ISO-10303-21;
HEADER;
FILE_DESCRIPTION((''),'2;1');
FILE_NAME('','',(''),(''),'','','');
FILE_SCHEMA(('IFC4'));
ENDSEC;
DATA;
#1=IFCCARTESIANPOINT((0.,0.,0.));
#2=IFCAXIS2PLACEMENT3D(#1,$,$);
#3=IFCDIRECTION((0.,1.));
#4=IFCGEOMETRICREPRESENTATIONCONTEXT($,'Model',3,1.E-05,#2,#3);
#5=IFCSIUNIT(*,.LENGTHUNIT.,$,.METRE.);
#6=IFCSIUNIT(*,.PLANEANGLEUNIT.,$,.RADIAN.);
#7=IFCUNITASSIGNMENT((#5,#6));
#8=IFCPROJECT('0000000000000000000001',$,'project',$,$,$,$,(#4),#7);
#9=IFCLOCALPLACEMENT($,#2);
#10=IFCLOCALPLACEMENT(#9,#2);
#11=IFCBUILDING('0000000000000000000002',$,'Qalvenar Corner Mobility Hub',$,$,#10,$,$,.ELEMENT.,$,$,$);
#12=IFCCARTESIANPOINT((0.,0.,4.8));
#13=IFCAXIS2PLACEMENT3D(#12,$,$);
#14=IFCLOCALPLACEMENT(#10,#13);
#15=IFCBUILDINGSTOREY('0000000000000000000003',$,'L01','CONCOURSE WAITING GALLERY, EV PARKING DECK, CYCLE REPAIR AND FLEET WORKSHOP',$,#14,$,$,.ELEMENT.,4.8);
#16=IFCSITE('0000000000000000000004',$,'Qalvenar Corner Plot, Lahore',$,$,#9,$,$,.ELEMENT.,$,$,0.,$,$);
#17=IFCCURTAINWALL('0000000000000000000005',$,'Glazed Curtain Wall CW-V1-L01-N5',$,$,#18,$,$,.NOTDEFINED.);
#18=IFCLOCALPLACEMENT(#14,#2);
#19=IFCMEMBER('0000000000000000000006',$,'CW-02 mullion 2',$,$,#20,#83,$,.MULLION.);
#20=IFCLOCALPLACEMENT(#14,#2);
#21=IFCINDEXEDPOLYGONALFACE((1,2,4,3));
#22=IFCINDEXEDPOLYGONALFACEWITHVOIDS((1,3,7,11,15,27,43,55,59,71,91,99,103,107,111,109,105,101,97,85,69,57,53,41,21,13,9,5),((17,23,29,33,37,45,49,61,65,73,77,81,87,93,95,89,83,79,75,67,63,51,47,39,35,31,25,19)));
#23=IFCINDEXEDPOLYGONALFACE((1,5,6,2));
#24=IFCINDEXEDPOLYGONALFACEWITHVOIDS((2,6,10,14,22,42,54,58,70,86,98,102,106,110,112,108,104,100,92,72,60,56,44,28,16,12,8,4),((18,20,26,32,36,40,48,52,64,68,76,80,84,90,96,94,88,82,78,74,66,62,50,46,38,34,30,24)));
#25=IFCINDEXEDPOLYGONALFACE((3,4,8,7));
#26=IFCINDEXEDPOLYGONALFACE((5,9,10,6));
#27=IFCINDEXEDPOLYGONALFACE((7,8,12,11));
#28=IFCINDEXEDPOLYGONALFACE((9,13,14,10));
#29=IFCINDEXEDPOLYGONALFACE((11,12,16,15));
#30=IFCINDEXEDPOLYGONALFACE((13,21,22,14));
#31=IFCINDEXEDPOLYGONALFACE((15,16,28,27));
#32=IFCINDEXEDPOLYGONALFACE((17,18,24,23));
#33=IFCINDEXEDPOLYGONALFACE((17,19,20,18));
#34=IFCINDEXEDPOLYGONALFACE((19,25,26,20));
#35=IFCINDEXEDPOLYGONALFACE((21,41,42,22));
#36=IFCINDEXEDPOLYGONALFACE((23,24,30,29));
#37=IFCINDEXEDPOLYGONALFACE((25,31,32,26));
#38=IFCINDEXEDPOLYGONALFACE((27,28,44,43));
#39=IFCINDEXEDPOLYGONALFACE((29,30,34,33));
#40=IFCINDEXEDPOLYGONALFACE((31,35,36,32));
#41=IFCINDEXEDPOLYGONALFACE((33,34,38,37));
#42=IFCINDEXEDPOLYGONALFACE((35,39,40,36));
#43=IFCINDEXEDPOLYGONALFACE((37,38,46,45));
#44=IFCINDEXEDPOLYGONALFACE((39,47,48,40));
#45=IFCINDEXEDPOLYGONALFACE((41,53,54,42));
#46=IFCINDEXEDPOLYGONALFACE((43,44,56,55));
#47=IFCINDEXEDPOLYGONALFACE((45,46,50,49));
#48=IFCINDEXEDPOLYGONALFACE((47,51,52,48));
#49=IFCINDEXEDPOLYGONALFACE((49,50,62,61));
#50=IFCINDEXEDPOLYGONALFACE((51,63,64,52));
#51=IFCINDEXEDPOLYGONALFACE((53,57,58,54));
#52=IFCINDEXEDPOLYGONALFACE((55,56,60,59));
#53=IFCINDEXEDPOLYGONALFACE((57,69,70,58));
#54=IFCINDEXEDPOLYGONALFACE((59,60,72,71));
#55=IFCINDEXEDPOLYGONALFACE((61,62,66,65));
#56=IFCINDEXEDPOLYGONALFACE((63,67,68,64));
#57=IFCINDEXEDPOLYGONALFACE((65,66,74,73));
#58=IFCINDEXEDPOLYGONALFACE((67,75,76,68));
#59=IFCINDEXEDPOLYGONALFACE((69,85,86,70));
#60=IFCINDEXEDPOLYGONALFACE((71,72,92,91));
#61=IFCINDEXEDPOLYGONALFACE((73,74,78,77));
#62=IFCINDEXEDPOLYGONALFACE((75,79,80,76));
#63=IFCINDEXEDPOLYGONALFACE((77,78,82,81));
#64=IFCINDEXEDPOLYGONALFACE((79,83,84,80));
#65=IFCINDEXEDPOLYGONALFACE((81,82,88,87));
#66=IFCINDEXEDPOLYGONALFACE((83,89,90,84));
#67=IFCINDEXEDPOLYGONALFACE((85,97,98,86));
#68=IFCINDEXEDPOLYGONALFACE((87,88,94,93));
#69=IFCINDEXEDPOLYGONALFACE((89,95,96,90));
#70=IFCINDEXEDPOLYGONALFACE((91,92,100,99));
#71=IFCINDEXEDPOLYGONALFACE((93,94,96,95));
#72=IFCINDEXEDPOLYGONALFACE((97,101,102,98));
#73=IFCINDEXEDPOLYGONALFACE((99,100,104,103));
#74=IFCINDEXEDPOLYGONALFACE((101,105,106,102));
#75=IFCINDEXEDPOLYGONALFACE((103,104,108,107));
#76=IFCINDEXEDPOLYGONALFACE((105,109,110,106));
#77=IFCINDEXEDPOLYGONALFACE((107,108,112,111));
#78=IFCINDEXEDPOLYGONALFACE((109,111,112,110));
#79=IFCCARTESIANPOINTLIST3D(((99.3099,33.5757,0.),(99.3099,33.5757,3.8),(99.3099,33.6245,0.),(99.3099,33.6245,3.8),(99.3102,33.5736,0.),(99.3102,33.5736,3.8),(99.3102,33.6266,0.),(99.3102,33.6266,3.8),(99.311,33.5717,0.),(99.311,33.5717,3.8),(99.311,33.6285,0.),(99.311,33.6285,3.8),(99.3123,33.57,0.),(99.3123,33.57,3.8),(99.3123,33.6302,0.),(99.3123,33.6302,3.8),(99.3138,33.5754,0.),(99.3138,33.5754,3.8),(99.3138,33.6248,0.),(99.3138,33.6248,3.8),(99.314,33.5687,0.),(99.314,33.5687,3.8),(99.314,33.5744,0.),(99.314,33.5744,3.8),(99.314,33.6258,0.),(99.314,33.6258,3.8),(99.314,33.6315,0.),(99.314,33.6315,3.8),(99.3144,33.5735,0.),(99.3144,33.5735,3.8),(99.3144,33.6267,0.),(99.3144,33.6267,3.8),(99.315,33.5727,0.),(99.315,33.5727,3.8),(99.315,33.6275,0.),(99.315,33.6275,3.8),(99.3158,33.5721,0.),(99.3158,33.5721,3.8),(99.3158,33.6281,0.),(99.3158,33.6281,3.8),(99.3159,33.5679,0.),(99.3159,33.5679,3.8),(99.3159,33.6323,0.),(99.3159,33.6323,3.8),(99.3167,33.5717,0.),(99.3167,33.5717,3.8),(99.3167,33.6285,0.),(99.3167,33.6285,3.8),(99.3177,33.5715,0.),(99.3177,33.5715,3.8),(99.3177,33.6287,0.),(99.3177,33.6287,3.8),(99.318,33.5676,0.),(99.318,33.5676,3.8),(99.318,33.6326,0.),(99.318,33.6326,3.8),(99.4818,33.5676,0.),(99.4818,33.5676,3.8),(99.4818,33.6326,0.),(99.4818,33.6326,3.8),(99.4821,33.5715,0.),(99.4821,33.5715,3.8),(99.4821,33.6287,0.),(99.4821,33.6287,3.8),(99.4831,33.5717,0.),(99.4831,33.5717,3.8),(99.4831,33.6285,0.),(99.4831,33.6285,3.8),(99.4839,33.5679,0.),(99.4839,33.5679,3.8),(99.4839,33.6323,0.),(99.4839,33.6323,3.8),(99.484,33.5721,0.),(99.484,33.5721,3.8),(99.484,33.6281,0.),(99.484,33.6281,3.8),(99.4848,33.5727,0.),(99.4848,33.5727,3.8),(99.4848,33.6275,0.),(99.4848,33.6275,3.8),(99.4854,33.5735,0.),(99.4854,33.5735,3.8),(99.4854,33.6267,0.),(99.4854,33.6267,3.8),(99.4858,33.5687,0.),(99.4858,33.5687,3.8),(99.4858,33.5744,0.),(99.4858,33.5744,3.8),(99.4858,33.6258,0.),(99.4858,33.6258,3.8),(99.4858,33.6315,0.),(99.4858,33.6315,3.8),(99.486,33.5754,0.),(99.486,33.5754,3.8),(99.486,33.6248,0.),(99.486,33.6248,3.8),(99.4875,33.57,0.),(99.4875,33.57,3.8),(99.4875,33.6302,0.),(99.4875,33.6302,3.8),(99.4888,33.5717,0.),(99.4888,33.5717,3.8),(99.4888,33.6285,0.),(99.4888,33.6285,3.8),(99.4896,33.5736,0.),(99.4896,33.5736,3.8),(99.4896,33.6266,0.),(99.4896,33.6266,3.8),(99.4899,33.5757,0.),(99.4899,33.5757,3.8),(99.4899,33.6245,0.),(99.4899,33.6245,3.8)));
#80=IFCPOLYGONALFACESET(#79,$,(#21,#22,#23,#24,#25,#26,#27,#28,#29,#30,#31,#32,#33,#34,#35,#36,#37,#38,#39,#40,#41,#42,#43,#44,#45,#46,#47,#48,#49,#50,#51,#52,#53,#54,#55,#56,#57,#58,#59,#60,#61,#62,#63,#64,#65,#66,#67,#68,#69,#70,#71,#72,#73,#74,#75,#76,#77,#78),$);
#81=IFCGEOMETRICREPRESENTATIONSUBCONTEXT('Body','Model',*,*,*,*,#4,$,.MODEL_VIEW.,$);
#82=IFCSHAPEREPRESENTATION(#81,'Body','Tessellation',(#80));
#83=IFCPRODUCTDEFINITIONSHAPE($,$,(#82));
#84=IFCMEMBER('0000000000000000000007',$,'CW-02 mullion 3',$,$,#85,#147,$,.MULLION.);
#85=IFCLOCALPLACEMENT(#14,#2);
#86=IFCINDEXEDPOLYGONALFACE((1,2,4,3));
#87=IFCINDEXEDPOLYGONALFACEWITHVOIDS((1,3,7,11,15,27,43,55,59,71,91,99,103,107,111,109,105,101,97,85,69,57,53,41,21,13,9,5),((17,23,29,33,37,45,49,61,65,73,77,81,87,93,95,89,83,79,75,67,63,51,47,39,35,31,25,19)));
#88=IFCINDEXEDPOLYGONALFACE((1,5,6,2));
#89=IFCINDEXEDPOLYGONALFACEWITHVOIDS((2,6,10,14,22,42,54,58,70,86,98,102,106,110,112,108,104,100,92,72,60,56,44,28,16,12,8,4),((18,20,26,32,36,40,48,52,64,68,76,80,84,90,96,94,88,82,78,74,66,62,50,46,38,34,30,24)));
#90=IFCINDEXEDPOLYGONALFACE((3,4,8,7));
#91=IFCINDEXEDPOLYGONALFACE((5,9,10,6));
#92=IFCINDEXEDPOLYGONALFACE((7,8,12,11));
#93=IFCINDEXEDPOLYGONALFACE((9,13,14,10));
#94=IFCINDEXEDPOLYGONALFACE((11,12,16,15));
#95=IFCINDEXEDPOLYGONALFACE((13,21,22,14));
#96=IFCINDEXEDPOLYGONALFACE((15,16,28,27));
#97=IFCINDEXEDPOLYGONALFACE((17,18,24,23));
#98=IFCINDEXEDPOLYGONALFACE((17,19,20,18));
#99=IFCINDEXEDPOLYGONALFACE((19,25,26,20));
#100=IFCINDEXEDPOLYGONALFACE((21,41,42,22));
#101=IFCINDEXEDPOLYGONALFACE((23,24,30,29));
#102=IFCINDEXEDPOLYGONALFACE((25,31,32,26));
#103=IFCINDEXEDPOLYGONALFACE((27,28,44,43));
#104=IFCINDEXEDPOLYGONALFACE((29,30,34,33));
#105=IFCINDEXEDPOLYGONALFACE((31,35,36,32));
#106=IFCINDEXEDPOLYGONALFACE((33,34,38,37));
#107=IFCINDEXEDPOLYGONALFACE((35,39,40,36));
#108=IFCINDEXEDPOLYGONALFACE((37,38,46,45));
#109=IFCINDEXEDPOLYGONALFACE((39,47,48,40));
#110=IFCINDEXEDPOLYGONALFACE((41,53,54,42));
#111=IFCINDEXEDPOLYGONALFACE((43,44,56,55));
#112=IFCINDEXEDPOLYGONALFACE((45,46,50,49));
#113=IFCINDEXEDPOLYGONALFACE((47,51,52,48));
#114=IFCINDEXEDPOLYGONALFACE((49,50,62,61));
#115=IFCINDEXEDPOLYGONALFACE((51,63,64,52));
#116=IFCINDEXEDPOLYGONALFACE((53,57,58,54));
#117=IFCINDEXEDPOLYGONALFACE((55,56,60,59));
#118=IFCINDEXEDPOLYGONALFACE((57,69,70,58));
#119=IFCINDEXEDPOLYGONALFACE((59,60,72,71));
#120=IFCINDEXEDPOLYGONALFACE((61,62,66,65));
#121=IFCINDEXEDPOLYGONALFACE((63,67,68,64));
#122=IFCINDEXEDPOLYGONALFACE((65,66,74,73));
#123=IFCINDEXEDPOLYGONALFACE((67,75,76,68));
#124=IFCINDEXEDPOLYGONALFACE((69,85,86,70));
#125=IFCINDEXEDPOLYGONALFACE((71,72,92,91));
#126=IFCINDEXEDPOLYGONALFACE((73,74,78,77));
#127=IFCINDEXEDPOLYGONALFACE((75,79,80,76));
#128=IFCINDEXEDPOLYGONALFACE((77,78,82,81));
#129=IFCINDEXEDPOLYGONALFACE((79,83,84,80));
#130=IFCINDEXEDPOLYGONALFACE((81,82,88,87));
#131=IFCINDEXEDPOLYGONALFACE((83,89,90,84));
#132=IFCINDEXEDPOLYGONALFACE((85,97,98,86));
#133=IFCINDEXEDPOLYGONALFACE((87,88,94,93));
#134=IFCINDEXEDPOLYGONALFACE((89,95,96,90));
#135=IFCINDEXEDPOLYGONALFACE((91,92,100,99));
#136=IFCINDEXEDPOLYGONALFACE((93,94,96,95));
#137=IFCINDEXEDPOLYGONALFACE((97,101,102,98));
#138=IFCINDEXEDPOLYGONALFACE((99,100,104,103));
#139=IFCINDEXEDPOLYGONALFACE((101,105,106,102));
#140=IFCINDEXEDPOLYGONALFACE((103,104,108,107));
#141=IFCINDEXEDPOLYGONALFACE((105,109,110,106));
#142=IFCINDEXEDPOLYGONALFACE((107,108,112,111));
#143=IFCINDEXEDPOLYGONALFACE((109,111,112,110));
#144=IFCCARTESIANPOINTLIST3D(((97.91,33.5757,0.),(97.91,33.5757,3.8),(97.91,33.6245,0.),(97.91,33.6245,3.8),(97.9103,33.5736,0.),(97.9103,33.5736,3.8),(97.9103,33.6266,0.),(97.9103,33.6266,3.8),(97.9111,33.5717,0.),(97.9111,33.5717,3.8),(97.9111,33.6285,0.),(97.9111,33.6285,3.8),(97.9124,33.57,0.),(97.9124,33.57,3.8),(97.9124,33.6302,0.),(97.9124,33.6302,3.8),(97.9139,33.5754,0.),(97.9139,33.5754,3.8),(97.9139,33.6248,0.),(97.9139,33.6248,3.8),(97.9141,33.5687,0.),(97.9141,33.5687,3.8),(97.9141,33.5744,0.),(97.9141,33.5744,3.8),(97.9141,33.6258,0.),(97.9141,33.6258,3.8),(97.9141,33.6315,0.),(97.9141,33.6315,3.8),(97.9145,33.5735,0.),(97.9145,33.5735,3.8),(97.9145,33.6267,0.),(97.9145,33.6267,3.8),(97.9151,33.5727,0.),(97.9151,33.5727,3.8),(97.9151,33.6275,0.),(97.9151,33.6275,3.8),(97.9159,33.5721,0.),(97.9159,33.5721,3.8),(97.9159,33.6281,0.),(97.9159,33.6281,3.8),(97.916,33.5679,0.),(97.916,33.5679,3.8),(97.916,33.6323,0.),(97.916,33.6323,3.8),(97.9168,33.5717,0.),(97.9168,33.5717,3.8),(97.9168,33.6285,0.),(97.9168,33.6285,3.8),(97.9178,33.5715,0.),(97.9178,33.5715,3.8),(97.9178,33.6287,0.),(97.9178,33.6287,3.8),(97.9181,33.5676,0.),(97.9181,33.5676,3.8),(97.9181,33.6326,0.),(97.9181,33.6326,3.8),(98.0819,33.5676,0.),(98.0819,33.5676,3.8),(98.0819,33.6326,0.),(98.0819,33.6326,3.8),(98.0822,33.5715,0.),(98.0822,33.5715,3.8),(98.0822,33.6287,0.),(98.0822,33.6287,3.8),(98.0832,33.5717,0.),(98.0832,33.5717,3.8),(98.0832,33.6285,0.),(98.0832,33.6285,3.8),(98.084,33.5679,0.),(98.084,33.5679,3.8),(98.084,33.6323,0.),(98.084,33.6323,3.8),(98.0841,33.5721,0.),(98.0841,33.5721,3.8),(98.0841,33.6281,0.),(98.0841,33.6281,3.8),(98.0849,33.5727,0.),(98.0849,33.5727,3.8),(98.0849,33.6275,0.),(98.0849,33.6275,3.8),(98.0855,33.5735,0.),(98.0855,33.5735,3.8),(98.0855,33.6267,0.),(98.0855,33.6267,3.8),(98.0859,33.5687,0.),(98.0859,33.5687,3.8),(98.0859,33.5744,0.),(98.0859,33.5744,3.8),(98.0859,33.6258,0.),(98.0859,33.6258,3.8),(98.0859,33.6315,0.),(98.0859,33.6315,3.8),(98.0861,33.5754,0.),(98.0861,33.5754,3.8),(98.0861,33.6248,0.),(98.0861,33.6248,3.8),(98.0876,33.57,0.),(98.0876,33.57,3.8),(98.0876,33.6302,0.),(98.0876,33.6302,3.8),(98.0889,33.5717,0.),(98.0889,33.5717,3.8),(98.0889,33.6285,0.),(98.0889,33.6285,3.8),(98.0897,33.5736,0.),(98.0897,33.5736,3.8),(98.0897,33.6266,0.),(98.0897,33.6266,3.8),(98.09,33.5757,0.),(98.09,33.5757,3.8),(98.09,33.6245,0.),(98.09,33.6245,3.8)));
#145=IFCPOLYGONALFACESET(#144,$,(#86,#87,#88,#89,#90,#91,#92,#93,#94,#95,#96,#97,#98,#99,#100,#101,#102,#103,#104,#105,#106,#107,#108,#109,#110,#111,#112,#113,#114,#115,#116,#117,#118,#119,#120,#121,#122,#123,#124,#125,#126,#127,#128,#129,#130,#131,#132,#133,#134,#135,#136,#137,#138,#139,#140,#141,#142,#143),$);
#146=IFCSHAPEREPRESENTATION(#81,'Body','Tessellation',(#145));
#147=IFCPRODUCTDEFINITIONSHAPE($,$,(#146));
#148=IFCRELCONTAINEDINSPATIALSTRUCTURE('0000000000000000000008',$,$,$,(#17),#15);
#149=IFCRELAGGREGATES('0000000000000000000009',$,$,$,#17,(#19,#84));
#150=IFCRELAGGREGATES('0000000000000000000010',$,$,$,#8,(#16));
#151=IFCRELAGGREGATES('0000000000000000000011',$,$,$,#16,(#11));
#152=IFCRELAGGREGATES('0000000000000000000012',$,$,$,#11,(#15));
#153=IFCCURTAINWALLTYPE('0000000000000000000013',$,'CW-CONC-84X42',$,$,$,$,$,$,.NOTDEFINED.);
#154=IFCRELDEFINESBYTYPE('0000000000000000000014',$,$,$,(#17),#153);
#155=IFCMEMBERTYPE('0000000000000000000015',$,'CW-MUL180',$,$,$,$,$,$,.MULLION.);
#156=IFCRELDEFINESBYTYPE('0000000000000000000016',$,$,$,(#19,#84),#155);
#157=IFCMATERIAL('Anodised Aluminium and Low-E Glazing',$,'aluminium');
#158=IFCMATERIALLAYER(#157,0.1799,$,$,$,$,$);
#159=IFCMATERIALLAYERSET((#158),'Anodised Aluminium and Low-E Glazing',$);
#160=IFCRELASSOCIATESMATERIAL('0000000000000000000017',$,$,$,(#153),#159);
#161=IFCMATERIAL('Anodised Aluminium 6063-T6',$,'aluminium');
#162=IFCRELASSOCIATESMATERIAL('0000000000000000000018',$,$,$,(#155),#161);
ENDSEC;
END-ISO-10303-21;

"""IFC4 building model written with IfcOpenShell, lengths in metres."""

from ifc_helpers import new_model, si_unit, direction, frame, origin, origin_2d, place, context, subcontext, project, spatial, hollow_rectangle, extrude, material, layer, layer_set, material_profile, profile_set, type_object, element, aggregate, save


model = new_model("IFC4")

# Units and contexts
model_context = context("Model", 3, precision=1e-05, world=origin(), true_north=direction((0.0, 1.0)))
body_context = subcontext(model_context, "Body", "Model", "MODEL_VIEW")
ifc_project = project(units=[si_unit("LENGTHUNIT", "METRE"), si_unit("PLANEANGLEUNIT", "RADIAN")], contexts=[model_context])

# Site, building, storey
site_placement = place(None, origin())
site = spatial("IfcSite", under=ifc_project, at=site_placement, Name="Qalvenar Corner Plot, Lahore", CompositionType="ELEMENT", RefElevation=0.0)
building_placement = place(site_placement, origin())
building = spatial("IfcBuilding", under=site, at=building_placement, Name="Qalvenar Corner Mobility Hub", CompositionType="ELEMENT")
storey_placement = place(building_placement, frame((0.0, 0.0, 4.8)))
storey = spatial("IfcBuildingStorey", under=building, at=storey_placement, Name="L01", Description="CONCOURSE WAITING GALLERY, EV PARKING DECK, CYCLE REPAIR AND FLEET WORKSHOP", CompositionType="ELEMENT", Elevation=4.8)

# Curtain wall, members
ifc_material_1 = material(Name="Anodised Aluminium and Low-E Glazing", Category="aluminium")
ifc_layer_1 = layer(ifc_material_1, 0.1799)
ifc_layer_set_1 = layer_set([ifc_layer_1], Name="Anodised Aluminium and Low-E Glazing")
curtain_wall_type = type_object("IfcCurtainWallType", Name="CW-CONC-84X42", PredefinedType="NOTDEFINED", material=ifc_layer_set_1)
curtain_wall_1_placement = place(storey_placement, origin())
curtain_wall_1 = element("IfcCurtainWall", 1, at=curtain_wall_1_placement, inside=storey, type_object=curtain_wall_type, Name="Glazed Curtain Wall CW-V1-L01-N5", PredefinedType="NOTDEFINED")
ifc_material_2 = material(Name="Anodised Aluminium 6063-T6", Category="aluminium")
ifc_material_profile_1 = material_profile(ifc_material_2, hollow_rectangle(XDim=0.0649, YDim=0.1799, WallThickness=0.0039, InnerFilletRadius=0.0039, OuterFilletRadius=0.0081, at=origin_2d()), Name="RHS180x65x4")
ifc_profile_set_1 = profile_set([ifc_material_profile_1], Name="Anodised Aluminium 6063-T6")
member_type_1 = type_object("IfcMemberType", Name="CW-MUL180", PredefinedType="MULLION", material=ifc_profile_set_1)
member_1_placement = place(storey_placement, frame((99.3999, 33.6001, 0.0), z_axis=(0.0, 0.0, 1.0), x_axis=(0.0, -1.0, 0.0)))
member_1 = element("IfcMember", 2, at=member_1_placement, type_object=member_type_1, Name="CW-02 mullion 2", PredefinedType="MULLION", context=body_context, shape_type="SweptSolid", body=[
    extrude(hollow_rectangle(XDim=0.0649, YDim=0.1799, WallThickness=0.0039, InnerFilletRadius=0.0039, OuterFilletRadius=0.0081, at=origin_2d()), origin(), (0.0, 0.0, 1.0), 3.8),
])
member_2_placement = place(storey_placement, frame((98.0, 33.6001, 0.0), z_axis=(0.0, 0.0, 1.0), x_axis=(0.0, -1.0, 0.0)))
member_2 = element("IfcMember", 3, at=member_2_placement, type_object=member_type_1, Name="CW-02 mullion 3", PredefinedType="MULLION", context=body_context, shape_type="SweptSolid", body=[
    extrude(hollow_rectangle(XDim=0.0649, YDim=0.1799, WallThickness=0.0039, InnerFilletRadius=0.0039, OuterFilletRadius=0.0081, at=origin_2d()), origin(), (0.0, 0.0, 1.0), 3.8),
])

aggregate(curtain_wall_1, [member_1, member_2])

save(model, "model.ifc")
